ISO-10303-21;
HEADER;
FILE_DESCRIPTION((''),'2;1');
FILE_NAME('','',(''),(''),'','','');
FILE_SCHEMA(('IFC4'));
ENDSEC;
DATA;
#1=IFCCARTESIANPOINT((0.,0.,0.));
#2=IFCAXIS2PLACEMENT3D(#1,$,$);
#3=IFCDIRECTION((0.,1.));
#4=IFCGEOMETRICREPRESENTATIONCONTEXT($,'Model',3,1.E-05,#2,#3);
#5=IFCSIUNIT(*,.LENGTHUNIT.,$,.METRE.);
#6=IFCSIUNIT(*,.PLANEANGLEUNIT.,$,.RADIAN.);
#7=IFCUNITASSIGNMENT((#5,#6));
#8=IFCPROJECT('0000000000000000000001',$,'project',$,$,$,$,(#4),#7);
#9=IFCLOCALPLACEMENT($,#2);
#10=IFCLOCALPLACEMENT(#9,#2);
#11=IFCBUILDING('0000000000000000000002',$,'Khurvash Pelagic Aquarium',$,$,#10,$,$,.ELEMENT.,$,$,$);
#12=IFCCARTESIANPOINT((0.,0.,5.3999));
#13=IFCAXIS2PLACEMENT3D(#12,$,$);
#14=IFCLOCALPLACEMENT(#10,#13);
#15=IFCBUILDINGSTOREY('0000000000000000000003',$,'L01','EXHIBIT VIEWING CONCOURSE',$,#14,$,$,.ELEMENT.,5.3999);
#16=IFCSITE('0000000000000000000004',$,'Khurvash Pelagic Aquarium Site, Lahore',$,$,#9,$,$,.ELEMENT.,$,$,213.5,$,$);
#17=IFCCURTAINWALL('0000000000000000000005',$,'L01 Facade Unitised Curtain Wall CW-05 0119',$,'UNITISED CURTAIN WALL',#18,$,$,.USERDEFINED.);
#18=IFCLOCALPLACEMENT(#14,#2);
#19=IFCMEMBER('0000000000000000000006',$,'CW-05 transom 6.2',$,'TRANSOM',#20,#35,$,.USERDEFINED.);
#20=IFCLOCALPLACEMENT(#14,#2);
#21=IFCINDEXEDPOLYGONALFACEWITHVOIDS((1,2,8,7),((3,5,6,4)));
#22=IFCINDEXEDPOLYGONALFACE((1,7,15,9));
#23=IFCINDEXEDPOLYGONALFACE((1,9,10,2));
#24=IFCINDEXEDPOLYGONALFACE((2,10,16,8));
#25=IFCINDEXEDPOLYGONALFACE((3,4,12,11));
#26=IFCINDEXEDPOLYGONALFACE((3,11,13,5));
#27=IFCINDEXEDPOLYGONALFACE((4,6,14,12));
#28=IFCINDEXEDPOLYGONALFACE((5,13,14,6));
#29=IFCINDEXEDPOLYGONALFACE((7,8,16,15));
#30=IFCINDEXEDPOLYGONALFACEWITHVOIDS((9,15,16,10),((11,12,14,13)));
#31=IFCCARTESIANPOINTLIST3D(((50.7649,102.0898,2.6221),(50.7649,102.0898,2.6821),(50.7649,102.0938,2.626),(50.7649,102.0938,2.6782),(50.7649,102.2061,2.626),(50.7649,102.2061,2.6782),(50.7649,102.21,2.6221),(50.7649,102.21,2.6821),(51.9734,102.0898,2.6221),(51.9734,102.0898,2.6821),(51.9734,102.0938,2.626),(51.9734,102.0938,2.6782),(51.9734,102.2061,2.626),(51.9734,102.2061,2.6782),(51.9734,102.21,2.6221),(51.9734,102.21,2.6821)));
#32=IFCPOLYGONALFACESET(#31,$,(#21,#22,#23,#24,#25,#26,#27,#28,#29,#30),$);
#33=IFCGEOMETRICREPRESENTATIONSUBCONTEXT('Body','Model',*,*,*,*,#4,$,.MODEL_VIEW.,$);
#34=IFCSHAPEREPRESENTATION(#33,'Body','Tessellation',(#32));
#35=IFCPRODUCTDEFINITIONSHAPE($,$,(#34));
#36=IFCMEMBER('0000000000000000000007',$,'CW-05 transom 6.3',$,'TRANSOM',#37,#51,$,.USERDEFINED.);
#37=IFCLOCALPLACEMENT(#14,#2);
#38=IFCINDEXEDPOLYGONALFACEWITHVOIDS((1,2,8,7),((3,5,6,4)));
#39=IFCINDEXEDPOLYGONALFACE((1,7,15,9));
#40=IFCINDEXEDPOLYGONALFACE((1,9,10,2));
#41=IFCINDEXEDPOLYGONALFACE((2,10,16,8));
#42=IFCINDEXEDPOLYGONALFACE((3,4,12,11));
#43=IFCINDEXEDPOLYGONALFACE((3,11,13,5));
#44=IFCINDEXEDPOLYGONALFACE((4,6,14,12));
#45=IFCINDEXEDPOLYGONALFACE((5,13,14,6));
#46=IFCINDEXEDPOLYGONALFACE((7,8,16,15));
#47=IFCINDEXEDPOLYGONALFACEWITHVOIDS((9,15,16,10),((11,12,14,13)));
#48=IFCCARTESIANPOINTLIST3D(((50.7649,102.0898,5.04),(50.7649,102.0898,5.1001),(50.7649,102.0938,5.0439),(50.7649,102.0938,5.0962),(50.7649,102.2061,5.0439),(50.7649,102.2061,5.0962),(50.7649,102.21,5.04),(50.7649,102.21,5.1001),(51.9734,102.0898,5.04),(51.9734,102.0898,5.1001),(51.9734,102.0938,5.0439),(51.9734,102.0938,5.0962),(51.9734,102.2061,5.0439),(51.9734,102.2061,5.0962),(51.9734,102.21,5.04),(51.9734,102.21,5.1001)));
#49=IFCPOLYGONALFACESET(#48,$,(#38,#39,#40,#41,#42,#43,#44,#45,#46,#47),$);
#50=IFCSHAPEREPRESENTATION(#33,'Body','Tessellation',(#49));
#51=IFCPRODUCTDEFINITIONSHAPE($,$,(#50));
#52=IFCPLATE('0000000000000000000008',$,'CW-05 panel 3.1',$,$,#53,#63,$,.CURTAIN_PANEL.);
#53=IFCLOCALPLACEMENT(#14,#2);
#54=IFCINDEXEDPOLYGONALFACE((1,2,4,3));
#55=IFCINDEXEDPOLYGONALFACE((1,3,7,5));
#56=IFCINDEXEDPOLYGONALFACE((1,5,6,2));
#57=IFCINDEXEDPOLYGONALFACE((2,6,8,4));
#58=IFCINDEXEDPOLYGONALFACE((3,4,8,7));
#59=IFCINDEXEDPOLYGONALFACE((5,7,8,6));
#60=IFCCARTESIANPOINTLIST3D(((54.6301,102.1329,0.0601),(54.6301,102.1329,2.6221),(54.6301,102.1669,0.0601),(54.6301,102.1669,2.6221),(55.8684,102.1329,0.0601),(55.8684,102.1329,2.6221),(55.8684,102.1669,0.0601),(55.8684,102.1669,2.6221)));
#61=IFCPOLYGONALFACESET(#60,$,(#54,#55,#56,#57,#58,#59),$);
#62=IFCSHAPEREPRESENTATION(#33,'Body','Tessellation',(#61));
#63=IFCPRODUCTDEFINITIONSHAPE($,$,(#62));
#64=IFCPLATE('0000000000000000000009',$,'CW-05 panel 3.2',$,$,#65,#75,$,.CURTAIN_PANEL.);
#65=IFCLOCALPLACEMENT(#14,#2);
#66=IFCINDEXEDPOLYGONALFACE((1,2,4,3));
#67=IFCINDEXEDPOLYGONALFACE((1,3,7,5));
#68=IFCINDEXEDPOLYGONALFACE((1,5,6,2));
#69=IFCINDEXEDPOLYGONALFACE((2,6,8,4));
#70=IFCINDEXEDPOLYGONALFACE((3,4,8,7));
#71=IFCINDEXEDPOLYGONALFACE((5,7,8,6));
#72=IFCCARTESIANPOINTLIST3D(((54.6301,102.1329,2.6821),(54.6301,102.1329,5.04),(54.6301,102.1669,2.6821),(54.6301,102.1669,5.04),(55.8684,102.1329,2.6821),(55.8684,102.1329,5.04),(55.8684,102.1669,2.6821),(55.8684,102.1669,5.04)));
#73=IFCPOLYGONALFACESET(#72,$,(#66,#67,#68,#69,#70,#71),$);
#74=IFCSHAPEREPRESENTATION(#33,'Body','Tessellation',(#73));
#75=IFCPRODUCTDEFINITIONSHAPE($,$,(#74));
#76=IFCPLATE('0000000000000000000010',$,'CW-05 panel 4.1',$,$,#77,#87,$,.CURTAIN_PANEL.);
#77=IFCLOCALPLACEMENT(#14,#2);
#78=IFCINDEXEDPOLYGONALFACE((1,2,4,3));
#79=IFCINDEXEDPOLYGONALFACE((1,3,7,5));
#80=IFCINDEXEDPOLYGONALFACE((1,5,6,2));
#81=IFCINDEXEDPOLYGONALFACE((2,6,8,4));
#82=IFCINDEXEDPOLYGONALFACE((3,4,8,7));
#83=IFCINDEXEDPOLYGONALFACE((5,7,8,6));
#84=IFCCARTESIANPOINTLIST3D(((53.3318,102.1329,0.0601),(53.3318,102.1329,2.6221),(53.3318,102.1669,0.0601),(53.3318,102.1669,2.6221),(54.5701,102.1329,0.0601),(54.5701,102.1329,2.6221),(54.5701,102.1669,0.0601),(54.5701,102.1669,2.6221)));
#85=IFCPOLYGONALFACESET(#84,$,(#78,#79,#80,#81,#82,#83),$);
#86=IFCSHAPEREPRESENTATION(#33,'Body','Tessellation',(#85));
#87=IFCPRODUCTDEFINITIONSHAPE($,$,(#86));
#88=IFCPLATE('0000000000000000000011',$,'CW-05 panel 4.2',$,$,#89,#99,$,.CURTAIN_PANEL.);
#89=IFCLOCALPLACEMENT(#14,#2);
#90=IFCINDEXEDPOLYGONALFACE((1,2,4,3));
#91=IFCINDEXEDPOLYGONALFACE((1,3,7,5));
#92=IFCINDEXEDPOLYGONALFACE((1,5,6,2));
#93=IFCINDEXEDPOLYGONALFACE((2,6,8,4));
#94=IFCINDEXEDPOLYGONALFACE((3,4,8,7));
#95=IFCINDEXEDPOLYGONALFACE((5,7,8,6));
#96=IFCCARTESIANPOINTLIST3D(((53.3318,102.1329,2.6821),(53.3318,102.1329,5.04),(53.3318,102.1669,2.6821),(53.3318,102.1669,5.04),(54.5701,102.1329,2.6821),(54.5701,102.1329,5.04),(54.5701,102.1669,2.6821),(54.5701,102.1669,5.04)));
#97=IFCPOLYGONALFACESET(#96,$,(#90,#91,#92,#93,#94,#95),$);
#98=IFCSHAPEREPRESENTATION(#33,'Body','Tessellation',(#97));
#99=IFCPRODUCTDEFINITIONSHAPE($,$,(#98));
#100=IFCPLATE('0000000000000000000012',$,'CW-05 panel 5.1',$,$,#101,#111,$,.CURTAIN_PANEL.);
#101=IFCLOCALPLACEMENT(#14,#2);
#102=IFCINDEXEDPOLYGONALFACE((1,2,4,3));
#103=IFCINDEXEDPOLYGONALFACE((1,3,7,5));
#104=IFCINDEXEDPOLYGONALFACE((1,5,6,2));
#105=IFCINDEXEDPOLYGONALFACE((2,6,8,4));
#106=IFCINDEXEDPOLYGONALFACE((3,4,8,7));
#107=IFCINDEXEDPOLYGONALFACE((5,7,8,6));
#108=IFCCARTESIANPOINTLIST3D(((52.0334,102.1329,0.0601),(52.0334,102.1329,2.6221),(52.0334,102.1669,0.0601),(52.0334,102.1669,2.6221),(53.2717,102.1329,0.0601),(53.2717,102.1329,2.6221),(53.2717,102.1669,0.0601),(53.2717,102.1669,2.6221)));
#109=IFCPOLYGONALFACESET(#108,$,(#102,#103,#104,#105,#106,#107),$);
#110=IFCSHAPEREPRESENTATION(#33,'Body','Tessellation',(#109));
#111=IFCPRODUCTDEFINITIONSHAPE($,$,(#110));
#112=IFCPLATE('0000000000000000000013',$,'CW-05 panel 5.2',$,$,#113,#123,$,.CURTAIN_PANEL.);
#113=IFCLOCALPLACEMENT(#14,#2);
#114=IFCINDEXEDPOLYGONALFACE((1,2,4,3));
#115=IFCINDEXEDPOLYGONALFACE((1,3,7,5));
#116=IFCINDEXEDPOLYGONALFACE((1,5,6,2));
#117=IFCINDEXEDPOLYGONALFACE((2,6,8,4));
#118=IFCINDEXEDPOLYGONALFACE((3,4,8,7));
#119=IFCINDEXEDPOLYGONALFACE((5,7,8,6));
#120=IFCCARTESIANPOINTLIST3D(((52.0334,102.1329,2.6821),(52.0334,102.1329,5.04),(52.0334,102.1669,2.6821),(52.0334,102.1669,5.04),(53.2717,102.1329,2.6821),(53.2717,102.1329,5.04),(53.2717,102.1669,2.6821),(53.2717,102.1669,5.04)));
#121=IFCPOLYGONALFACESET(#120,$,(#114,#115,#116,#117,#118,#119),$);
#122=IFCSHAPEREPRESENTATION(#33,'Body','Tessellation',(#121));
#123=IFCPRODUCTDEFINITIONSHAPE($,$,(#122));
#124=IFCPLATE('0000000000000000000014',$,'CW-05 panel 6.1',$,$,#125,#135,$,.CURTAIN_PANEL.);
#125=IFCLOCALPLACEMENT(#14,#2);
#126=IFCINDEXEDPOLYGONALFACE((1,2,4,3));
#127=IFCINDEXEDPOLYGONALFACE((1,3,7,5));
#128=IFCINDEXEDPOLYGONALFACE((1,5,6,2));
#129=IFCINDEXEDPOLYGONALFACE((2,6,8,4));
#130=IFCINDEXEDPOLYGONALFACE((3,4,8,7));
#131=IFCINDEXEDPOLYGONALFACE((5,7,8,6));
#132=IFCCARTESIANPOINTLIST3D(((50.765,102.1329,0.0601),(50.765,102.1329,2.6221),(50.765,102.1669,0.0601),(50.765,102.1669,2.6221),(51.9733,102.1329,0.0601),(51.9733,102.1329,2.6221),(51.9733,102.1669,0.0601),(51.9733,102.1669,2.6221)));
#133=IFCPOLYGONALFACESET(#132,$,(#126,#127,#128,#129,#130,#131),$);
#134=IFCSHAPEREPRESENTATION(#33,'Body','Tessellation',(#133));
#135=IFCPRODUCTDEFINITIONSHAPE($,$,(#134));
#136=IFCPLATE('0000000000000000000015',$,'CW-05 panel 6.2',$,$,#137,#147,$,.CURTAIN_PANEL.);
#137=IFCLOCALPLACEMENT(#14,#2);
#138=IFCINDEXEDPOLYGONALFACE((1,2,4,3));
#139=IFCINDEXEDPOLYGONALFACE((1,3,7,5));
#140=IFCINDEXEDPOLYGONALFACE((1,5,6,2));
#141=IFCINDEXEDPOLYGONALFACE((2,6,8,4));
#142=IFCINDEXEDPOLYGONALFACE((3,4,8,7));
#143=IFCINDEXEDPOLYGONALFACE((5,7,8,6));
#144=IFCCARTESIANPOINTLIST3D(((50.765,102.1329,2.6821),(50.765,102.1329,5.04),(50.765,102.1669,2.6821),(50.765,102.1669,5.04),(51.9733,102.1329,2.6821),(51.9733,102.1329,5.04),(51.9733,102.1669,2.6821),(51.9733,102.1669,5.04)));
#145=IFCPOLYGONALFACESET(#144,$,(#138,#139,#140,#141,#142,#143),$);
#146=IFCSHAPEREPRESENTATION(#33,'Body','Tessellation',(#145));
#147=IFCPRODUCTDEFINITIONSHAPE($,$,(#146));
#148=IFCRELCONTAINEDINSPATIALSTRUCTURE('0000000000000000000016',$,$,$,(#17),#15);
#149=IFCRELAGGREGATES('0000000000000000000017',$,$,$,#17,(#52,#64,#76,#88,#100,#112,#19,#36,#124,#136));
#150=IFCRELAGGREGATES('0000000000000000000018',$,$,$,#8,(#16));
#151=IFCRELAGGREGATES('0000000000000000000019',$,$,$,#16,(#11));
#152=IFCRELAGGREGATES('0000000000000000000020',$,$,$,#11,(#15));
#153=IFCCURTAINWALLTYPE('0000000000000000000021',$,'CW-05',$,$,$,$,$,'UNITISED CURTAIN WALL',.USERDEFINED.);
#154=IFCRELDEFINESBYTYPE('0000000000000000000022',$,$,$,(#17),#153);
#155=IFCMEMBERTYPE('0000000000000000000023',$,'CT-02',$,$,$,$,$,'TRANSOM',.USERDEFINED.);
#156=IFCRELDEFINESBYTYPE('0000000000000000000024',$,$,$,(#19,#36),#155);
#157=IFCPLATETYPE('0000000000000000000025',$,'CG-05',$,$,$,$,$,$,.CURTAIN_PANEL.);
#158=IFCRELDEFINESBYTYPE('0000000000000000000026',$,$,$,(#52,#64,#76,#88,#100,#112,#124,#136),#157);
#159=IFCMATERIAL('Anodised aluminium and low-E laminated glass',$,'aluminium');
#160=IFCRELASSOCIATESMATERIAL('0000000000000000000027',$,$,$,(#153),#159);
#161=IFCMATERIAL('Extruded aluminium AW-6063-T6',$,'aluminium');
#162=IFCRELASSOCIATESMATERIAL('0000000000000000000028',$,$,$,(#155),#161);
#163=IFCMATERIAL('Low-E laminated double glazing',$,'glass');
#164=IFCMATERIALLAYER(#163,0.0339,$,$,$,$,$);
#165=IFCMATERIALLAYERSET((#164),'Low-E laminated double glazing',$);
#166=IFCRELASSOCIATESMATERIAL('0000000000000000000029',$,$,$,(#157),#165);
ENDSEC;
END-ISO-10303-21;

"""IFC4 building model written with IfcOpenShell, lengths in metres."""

from ifc_helpers import new_model, si_unit, direction, frame, origin, origin_2d, place, context, subcontext, project, spatial, rectangle, hollow_rectangle, extrude, material, layer, layer_set, material_profile, profile_set, type_object, element, aggregate, save


model = new_model("IFC4")

# Units and contexts
model_context = context("Model", 3, precision=1e-05, world=origin(), true_north=direction((0.0, 1.0)))
body_context = subcontext(model_context, "Body", "Model", "MODEL_VIEW")
ifc_project = project(units=[si_unit("LENGTHUNIT", "METRE"), si_unit("PLANEANGLEUNIT", "RADIAN")], contexts=[model_context])

# Site, building, storey
site_placement = place(None, origin())
site = spatial("IfcSite", under=ifc_project, at=site_placement, Name="Khurvash Pelagic Aquarium Site, Lahore", CompositionType="ELEMENT", RefElevation=213.5)
building_placement = place(site_placement, origin())
building = spatial("IfcBuilding", under=site, at=building_placement, Name="Khurvash Pelagic Aquarium", CompositionType="ELEMENT")
storey_placement = place(building_placement, frame((0.0, 0.0, 5.3999)))
storey = spatial("IfcBuildingStorey", under=building, at=storey_placement, Name="L01", Description="EXHIBIT VIEWING CONCOURSE", CompositionType="ELEMENT", Elevation=5.3999)

# Curtain wall, members, plates
ifc_material_1 = material(Name="Anodised aluminium and low-E laminated glass", Category="aluminium")
curtain_wall_type = type_object("IfcCurtainWallType", Name="CW-05", ElementType="UNITISED CURTAIN WALL", PredefinedType="USERDEFINED", material=ifc_material_1)
curtain_wall_placement = place(storey_placement, origin())
curtain_wall = element("IfcCurtainWall", 1, at=curtain_wall_placement, inside=storey, type_object=curtain_wall_type, Name="L01 Facade Unitised Curtain Wall CW-05 0119", ObjectType="UNITISED CURTAIN WALL", PredefinedType="USERDEFINED")
ifc_material_2 = material(Name="Extruded aluminium AW-6063-T6", Category="aluminium")
ifc_material_profile_1 = material_profile(ifc_material_2, hollow_rectangle(XDim=0.1201, YDim=0.0601, WallThickness=0.0039, at=origin_2d()), Name="CWT120X60X4")
ifc_profile_set_1 = profile_set([ifc_material_profile_1], Name="Extruded aluminium AW-6063-T6")
member_type_1 = type_object("IfcMemberType", Name="CT-02", ElementType="TRANSOM", PredefinedType="USERDEFINED", material=ifc_profile_set_1)
member_1_placement = place(storey_placement, frame((51.9734, 102.1499, 2.6521), z_axis=(-1.0, 0.0, 0.0), x_axis=(0.0, -1.0, 0.0)))
member_1 = element("IfcMember", 2, at=member_1_placement, type_object=member_type_1, Name="CW-05 transom 6.2", ObjectType="TRANSOM", PredefinedType="USERDEFINED", context=body_context, shape_type="SweptSolid", body=[
    extrude(hollow_rectangle(XDim=0.1201, YDim=0.0601, WallThickness=0.0039, at=origin_2d()), origin(), (0.0, 0.0, 1.0), 1.2085),
])
member_2_placement = place(storey_placement, frame((51.9734, 102.1499, 5.0701), z_axis=(-1.0, 0.0, 0.0), x_axis=(0.0, -1.0, 0.0)))
member_2 = element("IfcMember", 3, at=member_2_placement, type_object=member_type_1, Name="CW-05 transom 6.3", ObjectType="TRANSOM", PredefinedType="USERDEFINED", context=body_context, shape_type="SweptSolid", body=[
    extrude(hollow_rectangle(XDim=0.1201, YDim=0.0601, WallThickness=0.0039, at=origin_2d()), origin(), (0.0, 0.0, 1.0), 1.2085),
])
ifc_material_3 = material(Name="Low-E laminated double glazing", Category="glass")
ifc_layer = layer(ifc_material_3, 0.0339)
ifc_layer_set = layer_set([ifc_layer], Name="Low-E laminated double glazing")
plate_type = type_object("IfcPlateType", Name="CG-05", PredefinedType="CURTAIN_PANEL", material=ifc_layer_set)
plate_1_placement = place(storey_placement, frame((55.2493, 102.1499, 0.0601), z_axis=(0.0, 0.0, 1.0), x_axis=(-1.0, 0.0, 0.0)))
plate_1 = element("IfcPlate", 4, at=plate_1_placement, type_object=plate_type, Name="CW-05 panel 3.1", PredefinedType="CURTAIN_PANEL", context=body_context, shape_type="SweptSolid", body=[
    extrude(rectangle(XDim=1.2383, YDim=0.0339, at=origin_2d()), origin(), (0.0, 0.0, 1.0), 2.562),
])
plate_2_placement = place(storey_placement, frame((55.2493, 102.1499, 2.6821), z_axis=(0.0, 0.0, 1.0), x_axis=(-1.0, 0.0, 0.0)))
plate_2 = element("IfcPlate", 5, at=plate_2_placement, type_object=plate_type, Name="CW-05 panel 3.2", PredefinedType="CURTAIN_PANEL", context=body_context, shape_type="SweptSolid", body=[
    extrude(rectangle(XDim=1.2383, YDim=0.0339, at=origin_2d()), origin(), (0.0, 0.0, 1.0), 2.3579),
])
plate_3_placement = place(storey_placement, frame((53.9509, 102.1499, 0.0601), z_axis=(0.0, 0.0, 1.0), x_axis=(-1.0, 0.0, 0.0)))
plate_3 = element("IfcPlate", 6, at=plate_3_placement, type_object=plate_type, Name="CW-05 panel 4.1", PredefinedType="CURTAIN_PANEL", context=body_context, shape_type="SweptSolid", body=[
    extrude(rectangle(XDim=1.2383, YDim=0.0339, at=origin_2d()), origin(), (0.0, 0.0, 1.0), 2.562),
])
plate_4_placement = place(storey_placement, frame((53.9509, 102.1499, 2.6821), z_axis=(0.0, 0.0, 1.0), x_axis=(-1.0, 0.0, 0.0)))
plate_4 = element("IfcPlate", 7, at=plate_4_placement, type_object=plate_type, Name="CW-05 panel 4.2", PredefinedType="CURTAIN_PANEL", context=body_context, shape_type="SweptSolid", body=[
    extrude(rectangle(XDim=1.2383, YDim=0.0339, at=origin_2d()), origin(), (0.0, 0.0, 1.0), 2.3579),
])
plate_5_placement = place(storey_placement, frame((52.6526, 102.1499, 0.0601), z_axis=(0.0, 0.0, 1.0), x_axis=(-1.0, 0.0, 0.0)))
plate_5 = element("IfcPlate", 8, at=plate_5_placement, type_object=plate_type, Name="CW-05 panel 5.1", PredefinedType="CURTAIN_PANEL", context=body_context, shape_type="SweptSolid", body=[
    extrude(rectangle(XDim=1.2383, YDim=0.0339, at=origin_2d()), origin(), (0.0, 0.0, 1.0), 2.562),
])
plate_6_placement = place(storey_placement, frame((52.6526, 102.1499, 2.6821), z_axis=(0.0, 0.0, 1.0), x_axis=(-1.0, 0.0, 0.0)))
plate_6 = element("IfcPlate", 9, at=plate_6_placement, type_object=plate_type, Name="CW-05 panel 5.2", PredefinedType="CURTAIN_PANEL", context=body_context, shape_type="SweptSolid", body=[
    extrude(rectangle(XDim=1.2383, YDim=0.0339, at=origin_2d()), origin(), (0.0, 0.0, 1.0), 2.3579),
])
plate_7_placement = place(storey_placement, frame((51.3691, 102.1499, 0.0601), z_axis=(0.0, 0.0, 1.0), x_axis=(-1.0, 0.0, 0.0)))
plate_7 = element("IfcPlate", 10, at=plate_7_placement, type_object=plate_type, Name="CW-05 panel 6.1", PredefinedType="CURTAIN_PANEL", context=body_context, shape_type="SweptSolid", body=[
    extrude(rectangle(XDim=1.2083, YDim=0.0339, at=origin_2d()), origin(), (0.0, 0.0, 1.0), 2.562),
])
plate_8_placement = place(storey_placement, frame((51.3691, 102.1499, 2.6821), z_axis=(0.0, 0.0, 1.0), x_axis=(-1.0, 0.0, 0.0)))
plate_8 = element("IfcPlate", 11, at=plate_8_placement, type_object=plate_type, Name="CW-05 panel 6.2", PredefinedType="CURTAIN_PANEL", context=body_context, shape_type="SweptSolid", body=[
    extrude(rectangle(XDim=1.2083, YDim=0.0339, at=origin_2d()), origin(), (0.0, 0.0, 1.0), 2.3579),
])
aggregate(curtain_wall, [plate_1, plate_2, plate_3, plate_4, plate_5, plate_6, member_1, member_2, plate_7, plate_8])

save(model, "model.ifc")
